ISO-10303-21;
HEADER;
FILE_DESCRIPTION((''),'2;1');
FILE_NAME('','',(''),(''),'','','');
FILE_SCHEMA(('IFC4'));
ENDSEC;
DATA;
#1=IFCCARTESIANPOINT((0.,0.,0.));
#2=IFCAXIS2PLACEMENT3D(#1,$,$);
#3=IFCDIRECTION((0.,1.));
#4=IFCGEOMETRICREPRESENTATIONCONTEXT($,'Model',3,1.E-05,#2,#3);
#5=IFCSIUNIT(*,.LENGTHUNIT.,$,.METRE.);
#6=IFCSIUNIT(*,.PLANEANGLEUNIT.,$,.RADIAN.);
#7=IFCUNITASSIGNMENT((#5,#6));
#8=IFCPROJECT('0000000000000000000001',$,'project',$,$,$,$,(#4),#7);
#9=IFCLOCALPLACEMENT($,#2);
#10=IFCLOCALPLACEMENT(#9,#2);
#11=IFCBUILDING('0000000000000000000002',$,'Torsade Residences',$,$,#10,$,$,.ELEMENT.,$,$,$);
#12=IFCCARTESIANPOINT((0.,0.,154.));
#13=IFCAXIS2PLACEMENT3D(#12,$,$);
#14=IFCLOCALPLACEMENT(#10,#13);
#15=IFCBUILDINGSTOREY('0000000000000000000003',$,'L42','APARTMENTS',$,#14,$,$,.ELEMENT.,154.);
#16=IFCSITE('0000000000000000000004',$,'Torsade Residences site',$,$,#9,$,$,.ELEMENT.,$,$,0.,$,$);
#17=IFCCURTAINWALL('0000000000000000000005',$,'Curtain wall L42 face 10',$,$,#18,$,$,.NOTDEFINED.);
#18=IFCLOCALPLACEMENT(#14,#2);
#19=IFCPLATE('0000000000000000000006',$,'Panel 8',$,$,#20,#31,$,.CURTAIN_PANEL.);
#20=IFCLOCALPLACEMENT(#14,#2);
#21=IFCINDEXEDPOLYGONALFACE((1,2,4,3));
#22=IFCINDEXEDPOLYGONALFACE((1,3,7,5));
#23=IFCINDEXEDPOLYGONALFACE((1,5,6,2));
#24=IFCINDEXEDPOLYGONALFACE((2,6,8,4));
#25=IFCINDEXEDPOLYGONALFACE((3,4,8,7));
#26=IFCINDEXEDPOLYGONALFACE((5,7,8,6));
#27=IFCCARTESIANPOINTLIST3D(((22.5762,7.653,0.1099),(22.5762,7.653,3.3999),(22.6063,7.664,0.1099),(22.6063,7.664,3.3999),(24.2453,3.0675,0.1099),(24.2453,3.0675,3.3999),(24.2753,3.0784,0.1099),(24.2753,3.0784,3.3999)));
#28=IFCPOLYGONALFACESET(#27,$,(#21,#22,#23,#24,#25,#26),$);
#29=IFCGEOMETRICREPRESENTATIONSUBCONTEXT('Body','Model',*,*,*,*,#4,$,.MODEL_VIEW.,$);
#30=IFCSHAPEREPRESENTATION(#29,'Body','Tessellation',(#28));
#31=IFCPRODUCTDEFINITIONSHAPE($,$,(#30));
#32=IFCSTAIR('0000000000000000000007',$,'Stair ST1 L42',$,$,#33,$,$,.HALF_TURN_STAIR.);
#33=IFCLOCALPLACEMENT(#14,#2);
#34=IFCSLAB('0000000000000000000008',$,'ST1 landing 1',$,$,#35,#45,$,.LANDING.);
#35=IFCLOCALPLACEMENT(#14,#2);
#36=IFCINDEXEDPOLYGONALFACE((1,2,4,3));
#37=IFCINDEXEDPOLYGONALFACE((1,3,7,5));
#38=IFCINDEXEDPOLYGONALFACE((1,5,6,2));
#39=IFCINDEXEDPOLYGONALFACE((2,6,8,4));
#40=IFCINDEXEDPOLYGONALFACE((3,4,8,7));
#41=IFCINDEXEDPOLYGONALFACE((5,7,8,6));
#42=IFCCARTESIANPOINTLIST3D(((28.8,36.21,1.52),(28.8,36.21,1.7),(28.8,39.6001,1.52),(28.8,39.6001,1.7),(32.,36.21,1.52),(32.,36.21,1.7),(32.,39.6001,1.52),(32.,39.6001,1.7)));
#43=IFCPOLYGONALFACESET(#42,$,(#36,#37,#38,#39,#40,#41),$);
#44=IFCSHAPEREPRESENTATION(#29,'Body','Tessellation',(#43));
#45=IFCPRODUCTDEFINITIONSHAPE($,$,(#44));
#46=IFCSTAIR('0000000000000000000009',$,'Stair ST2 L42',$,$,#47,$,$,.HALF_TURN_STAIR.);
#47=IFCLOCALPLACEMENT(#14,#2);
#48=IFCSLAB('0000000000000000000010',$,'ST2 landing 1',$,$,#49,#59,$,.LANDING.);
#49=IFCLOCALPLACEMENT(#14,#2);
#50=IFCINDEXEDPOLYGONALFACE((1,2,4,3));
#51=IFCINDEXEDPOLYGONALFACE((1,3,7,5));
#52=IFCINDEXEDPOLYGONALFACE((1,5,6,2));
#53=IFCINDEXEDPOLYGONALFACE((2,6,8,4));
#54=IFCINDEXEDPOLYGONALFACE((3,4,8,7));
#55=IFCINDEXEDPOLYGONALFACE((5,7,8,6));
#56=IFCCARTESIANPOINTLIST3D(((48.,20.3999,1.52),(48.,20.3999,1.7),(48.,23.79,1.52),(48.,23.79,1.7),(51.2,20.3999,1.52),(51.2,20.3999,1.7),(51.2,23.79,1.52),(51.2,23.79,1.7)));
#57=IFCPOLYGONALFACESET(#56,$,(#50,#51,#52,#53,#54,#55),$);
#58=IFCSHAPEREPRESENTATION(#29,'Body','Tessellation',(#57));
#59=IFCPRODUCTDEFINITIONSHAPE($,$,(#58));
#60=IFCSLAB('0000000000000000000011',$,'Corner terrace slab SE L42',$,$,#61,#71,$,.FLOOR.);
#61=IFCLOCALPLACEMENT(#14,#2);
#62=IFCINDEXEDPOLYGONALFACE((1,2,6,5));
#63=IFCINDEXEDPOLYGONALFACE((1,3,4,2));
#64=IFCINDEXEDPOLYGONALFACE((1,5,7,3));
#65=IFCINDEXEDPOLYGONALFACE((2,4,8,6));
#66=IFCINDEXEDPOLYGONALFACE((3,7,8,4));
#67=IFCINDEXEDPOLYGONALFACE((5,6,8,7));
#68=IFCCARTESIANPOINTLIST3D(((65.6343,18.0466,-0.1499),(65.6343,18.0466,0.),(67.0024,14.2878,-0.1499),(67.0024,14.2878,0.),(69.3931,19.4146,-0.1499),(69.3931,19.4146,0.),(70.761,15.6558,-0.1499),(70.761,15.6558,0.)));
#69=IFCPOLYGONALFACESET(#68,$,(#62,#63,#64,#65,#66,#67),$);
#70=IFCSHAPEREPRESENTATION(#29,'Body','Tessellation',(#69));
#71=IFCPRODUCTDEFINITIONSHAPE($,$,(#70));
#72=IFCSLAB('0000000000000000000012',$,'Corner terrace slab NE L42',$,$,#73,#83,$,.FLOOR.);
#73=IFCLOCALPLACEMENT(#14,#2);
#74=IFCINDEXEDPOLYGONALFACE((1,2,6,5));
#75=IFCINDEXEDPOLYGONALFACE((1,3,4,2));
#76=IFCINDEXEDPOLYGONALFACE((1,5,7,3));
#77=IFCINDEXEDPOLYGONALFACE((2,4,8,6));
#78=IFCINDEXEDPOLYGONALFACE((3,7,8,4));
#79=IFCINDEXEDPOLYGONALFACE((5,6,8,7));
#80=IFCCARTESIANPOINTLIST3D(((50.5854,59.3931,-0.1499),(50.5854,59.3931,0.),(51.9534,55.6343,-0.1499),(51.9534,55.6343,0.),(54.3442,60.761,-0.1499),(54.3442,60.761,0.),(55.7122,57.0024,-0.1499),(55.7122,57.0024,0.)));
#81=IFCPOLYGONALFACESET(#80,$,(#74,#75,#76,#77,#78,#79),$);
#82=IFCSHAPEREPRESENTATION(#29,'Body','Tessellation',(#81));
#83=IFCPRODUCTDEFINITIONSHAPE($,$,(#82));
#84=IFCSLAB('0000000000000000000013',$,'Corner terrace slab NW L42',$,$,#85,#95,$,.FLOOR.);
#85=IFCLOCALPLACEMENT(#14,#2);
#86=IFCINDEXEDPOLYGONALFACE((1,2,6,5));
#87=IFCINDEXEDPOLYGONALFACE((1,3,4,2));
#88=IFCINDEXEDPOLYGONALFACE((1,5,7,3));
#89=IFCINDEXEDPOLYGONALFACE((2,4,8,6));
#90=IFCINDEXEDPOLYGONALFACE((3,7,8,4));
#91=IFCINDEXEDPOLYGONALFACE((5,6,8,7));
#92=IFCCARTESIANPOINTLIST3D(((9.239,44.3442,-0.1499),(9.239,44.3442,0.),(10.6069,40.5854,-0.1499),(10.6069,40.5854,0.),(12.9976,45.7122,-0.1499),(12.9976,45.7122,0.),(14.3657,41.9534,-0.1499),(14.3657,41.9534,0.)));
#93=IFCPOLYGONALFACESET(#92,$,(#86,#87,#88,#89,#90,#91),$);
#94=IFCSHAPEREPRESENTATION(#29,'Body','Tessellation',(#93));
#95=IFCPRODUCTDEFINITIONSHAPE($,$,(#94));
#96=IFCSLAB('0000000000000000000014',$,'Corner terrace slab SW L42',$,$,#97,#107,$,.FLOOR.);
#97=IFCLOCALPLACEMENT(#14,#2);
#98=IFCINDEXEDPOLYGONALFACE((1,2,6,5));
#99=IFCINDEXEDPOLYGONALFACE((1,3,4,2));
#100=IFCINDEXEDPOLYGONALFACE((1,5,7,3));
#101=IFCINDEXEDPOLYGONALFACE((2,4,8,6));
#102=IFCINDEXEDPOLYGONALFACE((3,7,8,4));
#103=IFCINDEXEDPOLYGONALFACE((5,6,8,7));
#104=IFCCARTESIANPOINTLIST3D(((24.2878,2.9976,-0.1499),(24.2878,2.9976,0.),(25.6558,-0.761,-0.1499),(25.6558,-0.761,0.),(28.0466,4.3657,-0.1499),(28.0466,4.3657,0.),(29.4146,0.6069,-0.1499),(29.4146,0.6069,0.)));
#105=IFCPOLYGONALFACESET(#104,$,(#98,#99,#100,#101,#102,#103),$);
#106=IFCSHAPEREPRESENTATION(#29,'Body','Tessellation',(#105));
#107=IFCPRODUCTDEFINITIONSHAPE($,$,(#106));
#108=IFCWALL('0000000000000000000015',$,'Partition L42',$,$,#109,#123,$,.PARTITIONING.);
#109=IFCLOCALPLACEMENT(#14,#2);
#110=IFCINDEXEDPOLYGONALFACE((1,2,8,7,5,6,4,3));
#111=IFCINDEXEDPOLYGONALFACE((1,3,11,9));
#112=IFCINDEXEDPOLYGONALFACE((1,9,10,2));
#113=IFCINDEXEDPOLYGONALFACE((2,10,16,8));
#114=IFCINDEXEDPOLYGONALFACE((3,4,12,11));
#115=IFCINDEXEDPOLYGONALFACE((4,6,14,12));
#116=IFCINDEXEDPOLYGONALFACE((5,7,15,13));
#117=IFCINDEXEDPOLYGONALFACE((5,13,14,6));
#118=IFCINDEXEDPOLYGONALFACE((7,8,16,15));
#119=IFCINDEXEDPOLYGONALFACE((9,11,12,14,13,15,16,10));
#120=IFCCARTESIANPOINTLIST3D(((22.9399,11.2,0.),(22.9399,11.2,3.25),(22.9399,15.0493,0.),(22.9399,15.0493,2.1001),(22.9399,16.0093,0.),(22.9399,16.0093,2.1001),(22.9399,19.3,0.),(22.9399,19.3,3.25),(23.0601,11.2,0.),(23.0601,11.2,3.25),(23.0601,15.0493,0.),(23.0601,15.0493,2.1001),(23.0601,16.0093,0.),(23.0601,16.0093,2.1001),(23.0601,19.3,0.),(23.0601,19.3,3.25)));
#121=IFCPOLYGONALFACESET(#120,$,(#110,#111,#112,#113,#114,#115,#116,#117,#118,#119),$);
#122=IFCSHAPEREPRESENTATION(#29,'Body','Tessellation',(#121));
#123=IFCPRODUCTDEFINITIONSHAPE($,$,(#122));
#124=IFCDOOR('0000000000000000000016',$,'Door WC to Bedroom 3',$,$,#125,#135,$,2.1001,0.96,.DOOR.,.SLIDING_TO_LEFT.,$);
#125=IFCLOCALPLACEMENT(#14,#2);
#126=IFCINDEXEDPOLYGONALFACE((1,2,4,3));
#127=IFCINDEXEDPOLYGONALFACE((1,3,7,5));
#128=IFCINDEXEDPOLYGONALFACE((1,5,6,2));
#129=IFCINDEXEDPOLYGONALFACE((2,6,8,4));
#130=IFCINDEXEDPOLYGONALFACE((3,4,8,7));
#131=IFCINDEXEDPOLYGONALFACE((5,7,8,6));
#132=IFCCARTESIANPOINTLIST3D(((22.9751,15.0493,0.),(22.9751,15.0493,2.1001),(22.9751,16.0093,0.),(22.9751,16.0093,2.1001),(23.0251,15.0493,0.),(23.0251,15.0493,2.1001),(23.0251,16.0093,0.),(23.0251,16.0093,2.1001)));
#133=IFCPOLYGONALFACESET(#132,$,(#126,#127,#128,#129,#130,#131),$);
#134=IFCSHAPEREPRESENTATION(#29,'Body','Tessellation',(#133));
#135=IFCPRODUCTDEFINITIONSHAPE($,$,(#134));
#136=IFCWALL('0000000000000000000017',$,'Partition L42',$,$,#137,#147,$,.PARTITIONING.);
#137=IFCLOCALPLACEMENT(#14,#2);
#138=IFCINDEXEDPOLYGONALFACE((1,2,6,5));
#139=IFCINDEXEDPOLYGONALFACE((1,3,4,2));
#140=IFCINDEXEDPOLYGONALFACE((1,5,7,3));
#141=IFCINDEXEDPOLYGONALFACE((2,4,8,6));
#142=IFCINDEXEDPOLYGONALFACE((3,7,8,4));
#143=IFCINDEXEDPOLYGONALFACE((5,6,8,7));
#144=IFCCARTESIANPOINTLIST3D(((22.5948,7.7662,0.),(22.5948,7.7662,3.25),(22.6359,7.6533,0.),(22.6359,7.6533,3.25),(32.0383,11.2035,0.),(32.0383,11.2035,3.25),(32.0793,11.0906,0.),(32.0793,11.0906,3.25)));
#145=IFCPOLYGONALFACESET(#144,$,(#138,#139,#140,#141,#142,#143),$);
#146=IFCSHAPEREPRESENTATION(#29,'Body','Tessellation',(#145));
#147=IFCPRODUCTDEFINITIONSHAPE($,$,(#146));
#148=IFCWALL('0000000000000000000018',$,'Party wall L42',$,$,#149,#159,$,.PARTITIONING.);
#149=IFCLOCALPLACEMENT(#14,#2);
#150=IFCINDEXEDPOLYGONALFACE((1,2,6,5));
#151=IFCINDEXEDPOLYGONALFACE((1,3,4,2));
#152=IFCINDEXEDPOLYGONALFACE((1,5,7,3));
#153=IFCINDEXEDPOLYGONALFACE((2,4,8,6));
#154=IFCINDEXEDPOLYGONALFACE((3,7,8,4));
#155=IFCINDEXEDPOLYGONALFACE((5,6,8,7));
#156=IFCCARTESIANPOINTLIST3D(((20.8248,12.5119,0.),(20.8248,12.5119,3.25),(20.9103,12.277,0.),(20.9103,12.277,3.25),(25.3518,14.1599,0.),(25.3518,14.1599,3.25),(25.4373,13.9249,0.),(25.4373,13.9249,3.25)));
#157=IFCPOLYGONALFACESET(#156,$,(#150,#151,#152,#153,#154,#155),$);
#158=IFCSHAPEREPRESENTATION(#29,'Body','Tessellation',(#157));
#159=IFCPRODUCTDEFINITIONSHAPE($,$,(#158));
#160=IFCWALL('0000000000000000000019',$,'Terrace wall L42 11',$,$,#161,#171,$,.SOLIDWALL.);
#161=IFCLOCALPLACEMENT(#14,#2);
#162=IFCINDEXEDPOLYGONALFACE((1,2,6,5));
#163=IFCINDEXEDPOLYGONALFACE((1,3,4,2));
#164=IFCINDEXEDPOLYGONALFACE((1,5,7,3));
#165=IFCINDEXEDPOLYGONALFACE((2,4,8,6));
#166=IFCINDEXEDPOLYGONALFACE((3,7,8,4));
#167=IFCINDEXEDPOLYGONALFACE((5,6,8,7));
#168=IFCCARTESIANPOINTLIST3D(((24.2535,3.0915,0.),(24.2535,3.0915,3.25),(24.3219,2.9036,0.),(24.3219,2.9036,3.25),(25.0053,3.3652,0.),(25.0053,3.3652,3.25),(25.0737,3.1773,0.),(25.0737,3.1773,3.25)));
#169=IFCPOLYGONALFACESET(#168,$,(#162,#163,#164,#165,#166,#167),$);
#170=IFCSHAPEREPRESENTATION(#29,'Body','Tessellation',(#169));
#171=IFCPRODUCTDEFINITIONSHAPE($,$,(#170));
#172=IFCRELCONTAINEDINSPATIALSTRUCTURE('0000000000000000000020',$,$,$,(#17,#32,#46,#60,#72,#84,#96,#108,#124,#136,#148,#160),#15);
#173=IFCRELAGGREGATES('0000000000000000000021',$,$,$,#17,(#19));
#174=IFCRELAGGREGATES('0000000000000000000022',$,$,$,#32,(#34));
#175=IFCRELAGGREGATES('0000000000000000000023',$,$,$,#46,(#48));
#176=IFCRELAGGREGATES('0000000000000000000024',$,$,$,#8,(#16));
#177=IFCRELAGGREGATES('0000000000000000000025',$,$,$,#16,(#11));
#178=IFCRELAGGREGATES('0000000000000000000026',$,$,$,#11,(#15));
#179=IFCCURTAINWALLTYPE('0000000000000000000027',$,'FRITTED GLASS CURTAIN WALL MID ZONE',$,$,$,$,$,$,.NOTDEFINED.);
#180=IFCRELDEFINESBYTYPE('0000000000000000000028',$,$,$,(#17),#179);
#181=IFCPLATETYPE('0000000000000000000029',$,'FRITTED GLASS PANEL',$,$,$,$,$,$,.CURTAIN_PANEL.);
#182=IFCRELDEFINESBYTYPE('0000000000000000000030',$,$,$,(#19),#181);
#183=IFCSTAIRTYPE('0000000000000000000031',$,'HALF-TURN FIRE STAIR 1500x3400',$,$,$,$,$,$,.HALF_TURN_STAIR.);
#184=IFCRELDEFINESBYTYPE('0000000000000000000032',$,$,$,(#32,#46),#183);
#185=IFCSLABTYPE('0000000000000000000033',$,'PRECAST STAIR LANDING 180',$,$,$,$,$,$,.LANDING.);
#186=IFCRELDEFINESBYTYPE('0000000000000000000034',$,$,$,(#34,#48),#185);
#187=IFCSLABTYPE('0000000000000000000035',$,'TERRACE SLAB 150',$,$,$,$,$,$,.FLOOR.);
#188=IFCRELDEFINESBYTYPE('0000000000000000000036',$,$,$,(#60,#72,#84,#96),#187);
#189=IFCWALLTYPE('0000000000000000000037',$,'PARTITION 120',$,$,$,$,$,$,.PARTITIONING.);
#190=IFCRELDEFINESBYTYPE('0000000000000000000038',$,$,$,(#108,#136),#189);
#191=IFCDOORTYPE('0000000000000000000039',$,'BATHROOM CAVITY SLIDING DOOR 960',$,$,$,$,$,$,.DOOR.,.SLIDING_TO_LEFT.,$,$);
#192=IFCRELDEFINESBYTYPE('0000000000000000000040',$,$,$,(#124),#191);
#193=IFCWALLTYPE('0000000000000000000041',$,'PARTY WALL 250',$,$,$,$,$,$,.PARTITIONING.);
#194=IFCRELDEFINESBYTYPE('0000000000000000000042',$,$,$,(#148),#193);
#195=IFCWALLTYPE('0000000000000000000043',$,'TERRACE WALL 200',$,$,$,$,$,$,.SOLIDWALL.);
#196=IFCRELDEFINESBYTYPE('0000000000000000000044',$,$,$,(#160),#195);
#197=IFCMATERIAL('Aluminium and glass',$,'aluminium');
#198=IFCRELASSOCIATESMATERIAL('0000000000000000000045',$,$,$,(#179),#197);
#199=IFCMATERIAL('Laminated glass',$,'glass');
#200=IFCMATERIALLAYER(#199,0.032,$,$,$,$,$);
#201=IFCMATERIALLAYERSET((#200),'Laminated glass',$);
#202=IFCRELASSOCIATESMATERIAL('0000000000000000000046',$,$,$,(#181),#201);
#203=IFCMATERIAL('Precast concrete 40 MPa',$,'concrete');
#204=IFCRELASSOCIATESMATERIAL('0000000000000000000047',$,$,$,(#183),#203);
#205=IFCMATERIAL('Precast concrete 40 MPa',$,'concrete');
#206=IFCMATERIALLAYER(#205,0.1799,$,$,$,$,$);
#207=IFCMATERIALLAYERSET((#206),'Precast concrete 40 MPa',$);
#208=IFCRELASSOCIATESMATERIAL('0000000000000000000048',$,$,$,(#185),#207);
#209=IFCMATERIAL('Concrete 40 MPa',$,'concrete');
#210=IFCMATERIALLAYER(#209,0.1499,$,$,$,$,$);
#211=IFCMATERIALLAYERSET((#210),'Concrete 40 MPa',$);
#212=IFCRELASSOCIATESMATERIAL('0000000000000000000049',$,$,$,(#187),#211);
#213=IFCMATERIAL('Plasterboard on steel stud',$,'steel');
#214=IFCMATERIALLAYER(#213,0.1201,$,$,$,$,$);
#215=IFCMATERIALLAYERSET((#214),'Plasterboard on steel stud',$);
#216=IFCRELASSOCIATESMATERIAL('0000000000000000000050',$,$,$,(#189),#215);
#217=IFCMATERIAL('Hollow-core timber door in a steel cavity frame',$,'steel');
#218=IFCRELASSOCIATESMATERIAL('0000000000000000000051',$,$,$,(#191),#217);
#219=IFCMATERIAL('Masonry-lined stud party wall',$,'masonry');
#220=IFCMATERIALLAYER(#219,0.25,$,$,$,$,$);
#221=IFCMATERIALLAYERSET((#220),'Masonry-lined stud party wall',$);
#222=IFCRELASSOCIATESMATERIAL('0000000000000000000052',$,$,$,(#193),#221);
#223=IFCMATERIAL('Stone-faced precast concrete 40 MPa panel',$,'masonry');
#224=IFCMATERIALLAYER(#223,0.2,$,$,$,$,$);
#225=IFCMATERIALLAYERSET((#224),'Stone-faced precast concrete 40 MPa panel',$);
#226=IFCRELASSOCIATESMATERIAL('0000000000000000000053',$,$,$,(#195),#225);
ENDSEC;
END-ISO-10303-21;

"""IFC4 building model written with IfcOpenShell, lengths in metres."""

from ifc_helpers import new_model, si_unit, direction, frame, frame_2d, origin, origin_2d, place, context, subcontext, project, spatial, polyline, rectangle, outline, extrude, material, layer, layer_set, type_object, element, fill, aggregate, save


model = new_model("IFC4")

# Units and contexts
model_context = context("Model", 3, precision=1e-05, world=origin(), true_north=direction((0.0, 1.0)))
body_context = subcontext(model_context, "Body", "Model", "MODEL_VIEW")
ifc_project = project(units=[si_unit("LENGTHUNIT", "METRE"), si_unit("PLANEANGLEUNIT", "RADIAN")], contexts=[model_context])

# Site, building, storey
site_placement = place(None, origin())
site = spatial("IfcSite", under=ifc_project, at=site_placement, Name="Torsade Residences site", CompositionType="ELEMENT", RefElevation=0.0)
building_placement = place(site_placement, origin())
building = spatial("IfcBuilding", under=site, at=building_placement, Name="Torsade Residences", CompositionType="ELEMENT")
storey_placement = place(building_placement, frame((0.0, 0.0, 154.0)))
storey = spatial("IfcBuildingStorey", under=building, at=storey_placement, Name="L42", Description="APARTMENTS", CompositionType="ELEMENT", Elevation=154.0)

# Curtain wall
ifc_material_1 = material(Name="Aluminium and glass", Category="aluminium")
curtain_wall_type = type_object("IfcCurtainWallType", Name="FRITTED GLASS CURTAIN WALL MID ZONE", PredefinedType="NOTDEFINED", material=ifc_material_1)
curtain_wall_placement = place(storey_placement, origin())
curtain_wall = element("IfcCurtainWall", 1, at=curtain_wall_placement, inside=storey, type_object=curtain_wall_type, Name="Curtain wall L42 face 10", PredefinedType="NOTDEFINED")

# Plate
ifc_material_2 = material(Name="Laminated glass", Category="glass")
ifc_layer_1 = layer(ifc_material_2, 0.032)
ifc_layer_set_1 = layer_set([ifc_layer_1], Name="Laminated glass")
plate_type = type_object("IfcPlateType", Name="FRITTED GLASS PANEL", PredefinedType="CURTAIN_PANEL", material=ifc_layer_set_1)
plate_1_placement = place(storey_placement, frame((23.4258, 5.3657, 0.1099), z_axis=(0.0, 0.0, 1.0), x_axis=(0.34202, -0.939693, 0.0)))
plate_1 = element("IfcPlate", 2, at=plate_1_placement, type_object=plate_type, Name="Panel 8", PredefinedType="CURTAIN_PANEL", context=body_context, shape_type="SweptSolid", body=[
    extrude(rectangle(XDim=4.8799, YDim=0.032, at=origin_2d()), origin(), (0.0, 0.0, 1.0), 3.29),
])
aggregate(curtain_wall, [plate_1])

# Stairs, slabs
ifc_material_3 = material(Name="Precast concrete 40 MPa", Category="concrete")
stair_type = type_object("IfcStairType", Name="HALF-TURN FIRE STAIR 1500x3400", PredefinedType="HALF_TURN_STAIR", material=ifc_material_3)
stair_1_placement = place(storey_placement, origin())
stair_1 = element("IfcStair", 3, at=stair_1_placement, inside=storey, type_object=stair_type, Name="Stair ST1 L42", PredefinedType="HALF_TURN_STAIR")
ifc_material_4 = material(Name="Precast concrete 40 MPa", Category="concrete")
ifc_layer_2 = layer(ifc_material_4, 0.1799)
ifc_layer_set_2 = layer_set([ifc_layer_2], Name="Precast concrete 40 MPa")
slab_type_1 = type_object("IfcSlabType", Name="PRECAST STAIR LANDING 180", PredefinedType="LANDING", material=ifc_layer_set_2)
slab_1_placement = place(storey_placement, frame((0.0, 0.0, 1.52)))
slab_1 = element("IfcSlab", 4, at=slab_1_placement, type_object=slab_type_1, Name="ST1 landing 1", PredefinedType="LANDING", context=body_context, shape_type="SweptSolid", body=[
    extrude(outline(polyline([(28.8, 36.21), (32.0, 36.21), (32.0, 39.6001), (28.8, 39.6001), (28.8, 36.21)])), origin(), (0.0, 0.0, 1.0), 0.1799),
])
aggregate(stair_1, [slab_1])
stair_2_placement = place(storey_placement, origin())
stair_2 = element("IfcStair", 5, at=stair_2_placement, inside=storey, type_object=stair_type, Name="Stair ST2 L42", PredefinedType="HALF_TURN_STAIR")
slab_2_placement = place(storey_placement, frame((0.0, 0.0, 1.52)))
slab_2 = element("IfcSlab", 6, at=slab_2_placement, type_object=slab_type_1, Name="ST2 landing 1", PredefinedType="LANDING", context=body_context, shape_type="SweptSolid", body=[
    extrude(outline(polyline([(48.0, 20.3999), (51.2, 20.3999), (51.2, 23.79), (48.0, 23.79), (48.0, 20.3999)])), origin(), (0.0, 0.0, 1.0), 0.1799),
])
aggregate(stair_2, [slab_2])

# Slabs
ifc_material_5 = material(Name="Concrete 40 MPa", Category="concrete")
ifc_layer_3 = layer(ifc_material_5, 0.1499)
ifc_layer_set_3 = layer_set([ifc_layer_3], Name="Concrete 40 MPa")
slab_type_2 = type_object("IfcSlabType", Name="TERRACE SLAB 150", PredefinedType="FLOOR", material=ifc_layer_set_3)
slab_3_placement = place(storey_placement, frame((0.0, 0.0, -0.1499)))
element("IfcSlab", 7, at=slab_3_placement, inside=storey, type_object=slab_type_2, Name="Corner terrace slab SE L42", PredefinedType="FLOOR", context=body_context, shape_type="SweptSolid", body=[
    extrude(outline(polyline([(67.0024, 14.2878), (70.761, 15.6558), (69.3931, 19.4146), (65.6343, 18.0466), (67.0024, 14.2878)])), origin(), (0.0, 0.0, 1.0), 0.1499),
])
slab_4_placement = place(storey_placement, frame((0.0, 0.0, -0.1499)))
element("IfcSlab", 8, at=slab_4_placement, inside=storey, type_object=slab_type_2, Name="Corner terrace slab NE L42", PredefinedType="FLOOR", context=body_context, shape_type="SweptSolid", body=[
    extrude(outline(polyline([(51.9534, 55.6343), (55.7122, 57.0024), (54.3442, 60.761), (50.5854, 59.3931), (51.9534, 55.6343)])), origin(), (0.0, 0.0, 1.0), 0.1499),
])
slab_5_placement = place(storey_placement, frame((0.0, 0.0, -0.1499)))
element("IfcSlab", 9, at=slab_5_placement, inside=storey, type_object=slab_type_2, Name="Corner terrace slab NW L42", PredefinedType="FLOOR", context=body_context, shape_type="SweptSolid", body=[
    extrude(outline(polyline([(10.6069, 40.5854), (14.3657, 41.9534), (12.9976, 45.7122), (9.239, 44.3442), (10.6069, 40.5854)])), origin(), (0.0, 0.0, 1.0), 0.1499),
])
slab_6_placement = place(storey_placement, frame((0.0, 0.0, -0.1499)))
element("IfcSlab", 10, at=slab_6_placement, inside=storey, type_object=slab_type_2, Name="Corner terrace slab SW L42", PredefinedType="FLOOR", context=body_context, shape_type="SweptSolid", body=[
    extrude(outline(polyline([(25.6558, -0.761), (29.4146, 0.6069), (28.0466, 4.3657), (24.2878, 2.9976), (25.6558, -0.761)])), origin(), (0.0, 0.0, 1.0), 0.1499),
])

# Wall, opening, door
ifc_material_6 = material(Name="Plasterboard on steel stud", Category="steel")
ifc_layer_4 = layer(ifc_material_6, 0.1201)
ifc_layer_set_4 = layer_set([ifc_layer_4], Name="Plasterboard on steel stud")
wall_type_1 = type_object("IfcWallType", Name="PARTITION 120", PredefinedType="PARTITIONING", material=ifc_layer_set_4)
wall_1_placement = place(storey_placement, frame((23.0, 11.2, 0.0), z_axis=(0.0, 0.0, 1.0), x_axis=(0.0, 1.0, 0.0)))
wall_1 = element("IfcWall", 11, at=wall_1_placement, inside=storey, type_object=wall_type_1, Name="Partition L42", PredefinedType="PARTITIONING", context=body_context, shape_type="SweptSolid", body=[
    extrude(rectangle(XDim=8.1001, YDim=0.1201, at=frame_2d((4.05, 0.0))), origin(), (0.0, 0.0, 1.0), 3.25),
])
opening_placement = place(wall_1_placement, frame((3.8494, 0.0, 0.0)))
opening = element("IfcOpeningElement", 12, at=opening_placement, cuts=wall_1, PredefinedType="OPENING", context=body_context, shape_type="SweptSolid", body=[
    extrude(rectangle(XDim=0.96, YDim=2.1001, at=frame_2d((0.48, 1.05))), frame((0.0, 0.0701, 0.0), z_axis=(0.0, -1.0, 0.0), x_axis=(1.0, 0.0, 0.0)), (0.0, 0.0, 1.0), 0.1401),
])
ifc_material_7 = material(Name="Hollow-core timber door in a steel cavity frame", Category="steel")
door_type = type_object("IfcDoorType", Name="BATHROOM CAVITY SLIDING DOOR 960", OperationType="SLIDING_TO_LEFT", PredefinedType="DOOR", material=ifc_material_7)
door_placement = place(opening_placement, origin())
door = element("IfcDoor", 13, at=door_placement, inside=storey, type_object=door_type, Name="Door WC to Bedroom 3", OperationType="SLIDING_TO_LEFT", OverallHeight=2.1001, OverallWidth=0.96, PredefinedType="DOOR", context=body_context, shape_type="SweptSolid", body=[
    extrude(rectangle(XDim=0.96, YDim=2.1001, at=frame_2d((0.48, 1.05))), frame((0.0, 0.0249, 0.0), z_axis=(0.0, -1.0, 0.0), x_axis=(1.0, 0.0, 0.0)), (0.0, 0.0, 1.0), 0.05),
])
fill(opening, door)

# Walls
wall_2_placement = place(storey_placement, frame((22.6152, 7.7097, 0.0), z_axis=(0.0, 0.0, 1.0), x_axis=(0.939688, 0.342034, 0.0)))
element("IfcWall", 14, at=wall_2_placement, inside=storey, type_object=wall_type_1, Name="Partition L42", PredefinedType="PARTITIONING", context=body_context, shape_type="SweptSolid", body=[
    extrude(rectangle(XDim=10.0496, YDim=0.1201, at=frame_2d((5.0249, 0.0))), origin(), (0.0, 0.0, 1.0), 3.25),
])
ifc_material_8 = material(Name="Masonry-lined stud party wall", Category="masonry")
ifc_layer_5 = layer(ifc_material_8, 0.25)
ifc_layer_set_5 = layer_set([ifc_layer_5], Name="Masonry-lined stud party wall")
wall_type_2 = type_object("IfcWallType", Name="PARTY WALL 250", PredefinedType="PARTITIONING", material=ifc_layer_set_5)
wall_3_placement = place(storey_placement, frame((20.8677, 12.3945, 0.0), z_axis=(0.0, 0.0, 1.0), x_axis=(0.939678, 0.34206, 0.0)))
element("IfcWall", 15, at=wall_3_placement, inside=storey, type_object=wall_type_2, Name="Party wall L42", PredefinedType="PARTITIONING", context=body_context, shape_type="SweptSolid", body=[
    extrude(rectangle(XDim=4.8176, YDim=0.25, at=frame_2d((2.4087, 0.0))), origin(), (0.0, 0.0, 1.0), 3.25),
])
ifc_material_9 = material(Name="Stone-faced precast concrete 40 MPa panel", Category="masonry")
ifc_layer_6 = layer(ifc_material_9, 0.2)
ifc_layer_set_6 = layer_set([ifc_layer_6], Name="Stone-faced precast concrete 40 MPa panel")
wall_type_3 = type_object("IfcWallType", Name="TERRACE WALL 200", PredefinedType="SOLIDWALL", material=ifc_layer_set_6)
wall_4_placement = place(storey_placement, frame((24.2878, 2.9976, 0.0), z_axis=(0.0, 0.0, 1.0), x_axis=(0.93966, 0.342111, 0.0)))
element("IfcWall", 16, at=wall_4_placement, inside=storey, type_object=wall_type_3, Name="Terrace wall L42 11", PredefinedType="SOLIDWALL", context=body_context, shape_type="SweptSolid", body=[
    extrude(rectangle(XDim=0.8, YDim=0.2, at=frame_2d((0.3999, 0.0))), origin(), (0.0, 0.0, 1.0), 3.25),
])

save(model, "model.ifc")
